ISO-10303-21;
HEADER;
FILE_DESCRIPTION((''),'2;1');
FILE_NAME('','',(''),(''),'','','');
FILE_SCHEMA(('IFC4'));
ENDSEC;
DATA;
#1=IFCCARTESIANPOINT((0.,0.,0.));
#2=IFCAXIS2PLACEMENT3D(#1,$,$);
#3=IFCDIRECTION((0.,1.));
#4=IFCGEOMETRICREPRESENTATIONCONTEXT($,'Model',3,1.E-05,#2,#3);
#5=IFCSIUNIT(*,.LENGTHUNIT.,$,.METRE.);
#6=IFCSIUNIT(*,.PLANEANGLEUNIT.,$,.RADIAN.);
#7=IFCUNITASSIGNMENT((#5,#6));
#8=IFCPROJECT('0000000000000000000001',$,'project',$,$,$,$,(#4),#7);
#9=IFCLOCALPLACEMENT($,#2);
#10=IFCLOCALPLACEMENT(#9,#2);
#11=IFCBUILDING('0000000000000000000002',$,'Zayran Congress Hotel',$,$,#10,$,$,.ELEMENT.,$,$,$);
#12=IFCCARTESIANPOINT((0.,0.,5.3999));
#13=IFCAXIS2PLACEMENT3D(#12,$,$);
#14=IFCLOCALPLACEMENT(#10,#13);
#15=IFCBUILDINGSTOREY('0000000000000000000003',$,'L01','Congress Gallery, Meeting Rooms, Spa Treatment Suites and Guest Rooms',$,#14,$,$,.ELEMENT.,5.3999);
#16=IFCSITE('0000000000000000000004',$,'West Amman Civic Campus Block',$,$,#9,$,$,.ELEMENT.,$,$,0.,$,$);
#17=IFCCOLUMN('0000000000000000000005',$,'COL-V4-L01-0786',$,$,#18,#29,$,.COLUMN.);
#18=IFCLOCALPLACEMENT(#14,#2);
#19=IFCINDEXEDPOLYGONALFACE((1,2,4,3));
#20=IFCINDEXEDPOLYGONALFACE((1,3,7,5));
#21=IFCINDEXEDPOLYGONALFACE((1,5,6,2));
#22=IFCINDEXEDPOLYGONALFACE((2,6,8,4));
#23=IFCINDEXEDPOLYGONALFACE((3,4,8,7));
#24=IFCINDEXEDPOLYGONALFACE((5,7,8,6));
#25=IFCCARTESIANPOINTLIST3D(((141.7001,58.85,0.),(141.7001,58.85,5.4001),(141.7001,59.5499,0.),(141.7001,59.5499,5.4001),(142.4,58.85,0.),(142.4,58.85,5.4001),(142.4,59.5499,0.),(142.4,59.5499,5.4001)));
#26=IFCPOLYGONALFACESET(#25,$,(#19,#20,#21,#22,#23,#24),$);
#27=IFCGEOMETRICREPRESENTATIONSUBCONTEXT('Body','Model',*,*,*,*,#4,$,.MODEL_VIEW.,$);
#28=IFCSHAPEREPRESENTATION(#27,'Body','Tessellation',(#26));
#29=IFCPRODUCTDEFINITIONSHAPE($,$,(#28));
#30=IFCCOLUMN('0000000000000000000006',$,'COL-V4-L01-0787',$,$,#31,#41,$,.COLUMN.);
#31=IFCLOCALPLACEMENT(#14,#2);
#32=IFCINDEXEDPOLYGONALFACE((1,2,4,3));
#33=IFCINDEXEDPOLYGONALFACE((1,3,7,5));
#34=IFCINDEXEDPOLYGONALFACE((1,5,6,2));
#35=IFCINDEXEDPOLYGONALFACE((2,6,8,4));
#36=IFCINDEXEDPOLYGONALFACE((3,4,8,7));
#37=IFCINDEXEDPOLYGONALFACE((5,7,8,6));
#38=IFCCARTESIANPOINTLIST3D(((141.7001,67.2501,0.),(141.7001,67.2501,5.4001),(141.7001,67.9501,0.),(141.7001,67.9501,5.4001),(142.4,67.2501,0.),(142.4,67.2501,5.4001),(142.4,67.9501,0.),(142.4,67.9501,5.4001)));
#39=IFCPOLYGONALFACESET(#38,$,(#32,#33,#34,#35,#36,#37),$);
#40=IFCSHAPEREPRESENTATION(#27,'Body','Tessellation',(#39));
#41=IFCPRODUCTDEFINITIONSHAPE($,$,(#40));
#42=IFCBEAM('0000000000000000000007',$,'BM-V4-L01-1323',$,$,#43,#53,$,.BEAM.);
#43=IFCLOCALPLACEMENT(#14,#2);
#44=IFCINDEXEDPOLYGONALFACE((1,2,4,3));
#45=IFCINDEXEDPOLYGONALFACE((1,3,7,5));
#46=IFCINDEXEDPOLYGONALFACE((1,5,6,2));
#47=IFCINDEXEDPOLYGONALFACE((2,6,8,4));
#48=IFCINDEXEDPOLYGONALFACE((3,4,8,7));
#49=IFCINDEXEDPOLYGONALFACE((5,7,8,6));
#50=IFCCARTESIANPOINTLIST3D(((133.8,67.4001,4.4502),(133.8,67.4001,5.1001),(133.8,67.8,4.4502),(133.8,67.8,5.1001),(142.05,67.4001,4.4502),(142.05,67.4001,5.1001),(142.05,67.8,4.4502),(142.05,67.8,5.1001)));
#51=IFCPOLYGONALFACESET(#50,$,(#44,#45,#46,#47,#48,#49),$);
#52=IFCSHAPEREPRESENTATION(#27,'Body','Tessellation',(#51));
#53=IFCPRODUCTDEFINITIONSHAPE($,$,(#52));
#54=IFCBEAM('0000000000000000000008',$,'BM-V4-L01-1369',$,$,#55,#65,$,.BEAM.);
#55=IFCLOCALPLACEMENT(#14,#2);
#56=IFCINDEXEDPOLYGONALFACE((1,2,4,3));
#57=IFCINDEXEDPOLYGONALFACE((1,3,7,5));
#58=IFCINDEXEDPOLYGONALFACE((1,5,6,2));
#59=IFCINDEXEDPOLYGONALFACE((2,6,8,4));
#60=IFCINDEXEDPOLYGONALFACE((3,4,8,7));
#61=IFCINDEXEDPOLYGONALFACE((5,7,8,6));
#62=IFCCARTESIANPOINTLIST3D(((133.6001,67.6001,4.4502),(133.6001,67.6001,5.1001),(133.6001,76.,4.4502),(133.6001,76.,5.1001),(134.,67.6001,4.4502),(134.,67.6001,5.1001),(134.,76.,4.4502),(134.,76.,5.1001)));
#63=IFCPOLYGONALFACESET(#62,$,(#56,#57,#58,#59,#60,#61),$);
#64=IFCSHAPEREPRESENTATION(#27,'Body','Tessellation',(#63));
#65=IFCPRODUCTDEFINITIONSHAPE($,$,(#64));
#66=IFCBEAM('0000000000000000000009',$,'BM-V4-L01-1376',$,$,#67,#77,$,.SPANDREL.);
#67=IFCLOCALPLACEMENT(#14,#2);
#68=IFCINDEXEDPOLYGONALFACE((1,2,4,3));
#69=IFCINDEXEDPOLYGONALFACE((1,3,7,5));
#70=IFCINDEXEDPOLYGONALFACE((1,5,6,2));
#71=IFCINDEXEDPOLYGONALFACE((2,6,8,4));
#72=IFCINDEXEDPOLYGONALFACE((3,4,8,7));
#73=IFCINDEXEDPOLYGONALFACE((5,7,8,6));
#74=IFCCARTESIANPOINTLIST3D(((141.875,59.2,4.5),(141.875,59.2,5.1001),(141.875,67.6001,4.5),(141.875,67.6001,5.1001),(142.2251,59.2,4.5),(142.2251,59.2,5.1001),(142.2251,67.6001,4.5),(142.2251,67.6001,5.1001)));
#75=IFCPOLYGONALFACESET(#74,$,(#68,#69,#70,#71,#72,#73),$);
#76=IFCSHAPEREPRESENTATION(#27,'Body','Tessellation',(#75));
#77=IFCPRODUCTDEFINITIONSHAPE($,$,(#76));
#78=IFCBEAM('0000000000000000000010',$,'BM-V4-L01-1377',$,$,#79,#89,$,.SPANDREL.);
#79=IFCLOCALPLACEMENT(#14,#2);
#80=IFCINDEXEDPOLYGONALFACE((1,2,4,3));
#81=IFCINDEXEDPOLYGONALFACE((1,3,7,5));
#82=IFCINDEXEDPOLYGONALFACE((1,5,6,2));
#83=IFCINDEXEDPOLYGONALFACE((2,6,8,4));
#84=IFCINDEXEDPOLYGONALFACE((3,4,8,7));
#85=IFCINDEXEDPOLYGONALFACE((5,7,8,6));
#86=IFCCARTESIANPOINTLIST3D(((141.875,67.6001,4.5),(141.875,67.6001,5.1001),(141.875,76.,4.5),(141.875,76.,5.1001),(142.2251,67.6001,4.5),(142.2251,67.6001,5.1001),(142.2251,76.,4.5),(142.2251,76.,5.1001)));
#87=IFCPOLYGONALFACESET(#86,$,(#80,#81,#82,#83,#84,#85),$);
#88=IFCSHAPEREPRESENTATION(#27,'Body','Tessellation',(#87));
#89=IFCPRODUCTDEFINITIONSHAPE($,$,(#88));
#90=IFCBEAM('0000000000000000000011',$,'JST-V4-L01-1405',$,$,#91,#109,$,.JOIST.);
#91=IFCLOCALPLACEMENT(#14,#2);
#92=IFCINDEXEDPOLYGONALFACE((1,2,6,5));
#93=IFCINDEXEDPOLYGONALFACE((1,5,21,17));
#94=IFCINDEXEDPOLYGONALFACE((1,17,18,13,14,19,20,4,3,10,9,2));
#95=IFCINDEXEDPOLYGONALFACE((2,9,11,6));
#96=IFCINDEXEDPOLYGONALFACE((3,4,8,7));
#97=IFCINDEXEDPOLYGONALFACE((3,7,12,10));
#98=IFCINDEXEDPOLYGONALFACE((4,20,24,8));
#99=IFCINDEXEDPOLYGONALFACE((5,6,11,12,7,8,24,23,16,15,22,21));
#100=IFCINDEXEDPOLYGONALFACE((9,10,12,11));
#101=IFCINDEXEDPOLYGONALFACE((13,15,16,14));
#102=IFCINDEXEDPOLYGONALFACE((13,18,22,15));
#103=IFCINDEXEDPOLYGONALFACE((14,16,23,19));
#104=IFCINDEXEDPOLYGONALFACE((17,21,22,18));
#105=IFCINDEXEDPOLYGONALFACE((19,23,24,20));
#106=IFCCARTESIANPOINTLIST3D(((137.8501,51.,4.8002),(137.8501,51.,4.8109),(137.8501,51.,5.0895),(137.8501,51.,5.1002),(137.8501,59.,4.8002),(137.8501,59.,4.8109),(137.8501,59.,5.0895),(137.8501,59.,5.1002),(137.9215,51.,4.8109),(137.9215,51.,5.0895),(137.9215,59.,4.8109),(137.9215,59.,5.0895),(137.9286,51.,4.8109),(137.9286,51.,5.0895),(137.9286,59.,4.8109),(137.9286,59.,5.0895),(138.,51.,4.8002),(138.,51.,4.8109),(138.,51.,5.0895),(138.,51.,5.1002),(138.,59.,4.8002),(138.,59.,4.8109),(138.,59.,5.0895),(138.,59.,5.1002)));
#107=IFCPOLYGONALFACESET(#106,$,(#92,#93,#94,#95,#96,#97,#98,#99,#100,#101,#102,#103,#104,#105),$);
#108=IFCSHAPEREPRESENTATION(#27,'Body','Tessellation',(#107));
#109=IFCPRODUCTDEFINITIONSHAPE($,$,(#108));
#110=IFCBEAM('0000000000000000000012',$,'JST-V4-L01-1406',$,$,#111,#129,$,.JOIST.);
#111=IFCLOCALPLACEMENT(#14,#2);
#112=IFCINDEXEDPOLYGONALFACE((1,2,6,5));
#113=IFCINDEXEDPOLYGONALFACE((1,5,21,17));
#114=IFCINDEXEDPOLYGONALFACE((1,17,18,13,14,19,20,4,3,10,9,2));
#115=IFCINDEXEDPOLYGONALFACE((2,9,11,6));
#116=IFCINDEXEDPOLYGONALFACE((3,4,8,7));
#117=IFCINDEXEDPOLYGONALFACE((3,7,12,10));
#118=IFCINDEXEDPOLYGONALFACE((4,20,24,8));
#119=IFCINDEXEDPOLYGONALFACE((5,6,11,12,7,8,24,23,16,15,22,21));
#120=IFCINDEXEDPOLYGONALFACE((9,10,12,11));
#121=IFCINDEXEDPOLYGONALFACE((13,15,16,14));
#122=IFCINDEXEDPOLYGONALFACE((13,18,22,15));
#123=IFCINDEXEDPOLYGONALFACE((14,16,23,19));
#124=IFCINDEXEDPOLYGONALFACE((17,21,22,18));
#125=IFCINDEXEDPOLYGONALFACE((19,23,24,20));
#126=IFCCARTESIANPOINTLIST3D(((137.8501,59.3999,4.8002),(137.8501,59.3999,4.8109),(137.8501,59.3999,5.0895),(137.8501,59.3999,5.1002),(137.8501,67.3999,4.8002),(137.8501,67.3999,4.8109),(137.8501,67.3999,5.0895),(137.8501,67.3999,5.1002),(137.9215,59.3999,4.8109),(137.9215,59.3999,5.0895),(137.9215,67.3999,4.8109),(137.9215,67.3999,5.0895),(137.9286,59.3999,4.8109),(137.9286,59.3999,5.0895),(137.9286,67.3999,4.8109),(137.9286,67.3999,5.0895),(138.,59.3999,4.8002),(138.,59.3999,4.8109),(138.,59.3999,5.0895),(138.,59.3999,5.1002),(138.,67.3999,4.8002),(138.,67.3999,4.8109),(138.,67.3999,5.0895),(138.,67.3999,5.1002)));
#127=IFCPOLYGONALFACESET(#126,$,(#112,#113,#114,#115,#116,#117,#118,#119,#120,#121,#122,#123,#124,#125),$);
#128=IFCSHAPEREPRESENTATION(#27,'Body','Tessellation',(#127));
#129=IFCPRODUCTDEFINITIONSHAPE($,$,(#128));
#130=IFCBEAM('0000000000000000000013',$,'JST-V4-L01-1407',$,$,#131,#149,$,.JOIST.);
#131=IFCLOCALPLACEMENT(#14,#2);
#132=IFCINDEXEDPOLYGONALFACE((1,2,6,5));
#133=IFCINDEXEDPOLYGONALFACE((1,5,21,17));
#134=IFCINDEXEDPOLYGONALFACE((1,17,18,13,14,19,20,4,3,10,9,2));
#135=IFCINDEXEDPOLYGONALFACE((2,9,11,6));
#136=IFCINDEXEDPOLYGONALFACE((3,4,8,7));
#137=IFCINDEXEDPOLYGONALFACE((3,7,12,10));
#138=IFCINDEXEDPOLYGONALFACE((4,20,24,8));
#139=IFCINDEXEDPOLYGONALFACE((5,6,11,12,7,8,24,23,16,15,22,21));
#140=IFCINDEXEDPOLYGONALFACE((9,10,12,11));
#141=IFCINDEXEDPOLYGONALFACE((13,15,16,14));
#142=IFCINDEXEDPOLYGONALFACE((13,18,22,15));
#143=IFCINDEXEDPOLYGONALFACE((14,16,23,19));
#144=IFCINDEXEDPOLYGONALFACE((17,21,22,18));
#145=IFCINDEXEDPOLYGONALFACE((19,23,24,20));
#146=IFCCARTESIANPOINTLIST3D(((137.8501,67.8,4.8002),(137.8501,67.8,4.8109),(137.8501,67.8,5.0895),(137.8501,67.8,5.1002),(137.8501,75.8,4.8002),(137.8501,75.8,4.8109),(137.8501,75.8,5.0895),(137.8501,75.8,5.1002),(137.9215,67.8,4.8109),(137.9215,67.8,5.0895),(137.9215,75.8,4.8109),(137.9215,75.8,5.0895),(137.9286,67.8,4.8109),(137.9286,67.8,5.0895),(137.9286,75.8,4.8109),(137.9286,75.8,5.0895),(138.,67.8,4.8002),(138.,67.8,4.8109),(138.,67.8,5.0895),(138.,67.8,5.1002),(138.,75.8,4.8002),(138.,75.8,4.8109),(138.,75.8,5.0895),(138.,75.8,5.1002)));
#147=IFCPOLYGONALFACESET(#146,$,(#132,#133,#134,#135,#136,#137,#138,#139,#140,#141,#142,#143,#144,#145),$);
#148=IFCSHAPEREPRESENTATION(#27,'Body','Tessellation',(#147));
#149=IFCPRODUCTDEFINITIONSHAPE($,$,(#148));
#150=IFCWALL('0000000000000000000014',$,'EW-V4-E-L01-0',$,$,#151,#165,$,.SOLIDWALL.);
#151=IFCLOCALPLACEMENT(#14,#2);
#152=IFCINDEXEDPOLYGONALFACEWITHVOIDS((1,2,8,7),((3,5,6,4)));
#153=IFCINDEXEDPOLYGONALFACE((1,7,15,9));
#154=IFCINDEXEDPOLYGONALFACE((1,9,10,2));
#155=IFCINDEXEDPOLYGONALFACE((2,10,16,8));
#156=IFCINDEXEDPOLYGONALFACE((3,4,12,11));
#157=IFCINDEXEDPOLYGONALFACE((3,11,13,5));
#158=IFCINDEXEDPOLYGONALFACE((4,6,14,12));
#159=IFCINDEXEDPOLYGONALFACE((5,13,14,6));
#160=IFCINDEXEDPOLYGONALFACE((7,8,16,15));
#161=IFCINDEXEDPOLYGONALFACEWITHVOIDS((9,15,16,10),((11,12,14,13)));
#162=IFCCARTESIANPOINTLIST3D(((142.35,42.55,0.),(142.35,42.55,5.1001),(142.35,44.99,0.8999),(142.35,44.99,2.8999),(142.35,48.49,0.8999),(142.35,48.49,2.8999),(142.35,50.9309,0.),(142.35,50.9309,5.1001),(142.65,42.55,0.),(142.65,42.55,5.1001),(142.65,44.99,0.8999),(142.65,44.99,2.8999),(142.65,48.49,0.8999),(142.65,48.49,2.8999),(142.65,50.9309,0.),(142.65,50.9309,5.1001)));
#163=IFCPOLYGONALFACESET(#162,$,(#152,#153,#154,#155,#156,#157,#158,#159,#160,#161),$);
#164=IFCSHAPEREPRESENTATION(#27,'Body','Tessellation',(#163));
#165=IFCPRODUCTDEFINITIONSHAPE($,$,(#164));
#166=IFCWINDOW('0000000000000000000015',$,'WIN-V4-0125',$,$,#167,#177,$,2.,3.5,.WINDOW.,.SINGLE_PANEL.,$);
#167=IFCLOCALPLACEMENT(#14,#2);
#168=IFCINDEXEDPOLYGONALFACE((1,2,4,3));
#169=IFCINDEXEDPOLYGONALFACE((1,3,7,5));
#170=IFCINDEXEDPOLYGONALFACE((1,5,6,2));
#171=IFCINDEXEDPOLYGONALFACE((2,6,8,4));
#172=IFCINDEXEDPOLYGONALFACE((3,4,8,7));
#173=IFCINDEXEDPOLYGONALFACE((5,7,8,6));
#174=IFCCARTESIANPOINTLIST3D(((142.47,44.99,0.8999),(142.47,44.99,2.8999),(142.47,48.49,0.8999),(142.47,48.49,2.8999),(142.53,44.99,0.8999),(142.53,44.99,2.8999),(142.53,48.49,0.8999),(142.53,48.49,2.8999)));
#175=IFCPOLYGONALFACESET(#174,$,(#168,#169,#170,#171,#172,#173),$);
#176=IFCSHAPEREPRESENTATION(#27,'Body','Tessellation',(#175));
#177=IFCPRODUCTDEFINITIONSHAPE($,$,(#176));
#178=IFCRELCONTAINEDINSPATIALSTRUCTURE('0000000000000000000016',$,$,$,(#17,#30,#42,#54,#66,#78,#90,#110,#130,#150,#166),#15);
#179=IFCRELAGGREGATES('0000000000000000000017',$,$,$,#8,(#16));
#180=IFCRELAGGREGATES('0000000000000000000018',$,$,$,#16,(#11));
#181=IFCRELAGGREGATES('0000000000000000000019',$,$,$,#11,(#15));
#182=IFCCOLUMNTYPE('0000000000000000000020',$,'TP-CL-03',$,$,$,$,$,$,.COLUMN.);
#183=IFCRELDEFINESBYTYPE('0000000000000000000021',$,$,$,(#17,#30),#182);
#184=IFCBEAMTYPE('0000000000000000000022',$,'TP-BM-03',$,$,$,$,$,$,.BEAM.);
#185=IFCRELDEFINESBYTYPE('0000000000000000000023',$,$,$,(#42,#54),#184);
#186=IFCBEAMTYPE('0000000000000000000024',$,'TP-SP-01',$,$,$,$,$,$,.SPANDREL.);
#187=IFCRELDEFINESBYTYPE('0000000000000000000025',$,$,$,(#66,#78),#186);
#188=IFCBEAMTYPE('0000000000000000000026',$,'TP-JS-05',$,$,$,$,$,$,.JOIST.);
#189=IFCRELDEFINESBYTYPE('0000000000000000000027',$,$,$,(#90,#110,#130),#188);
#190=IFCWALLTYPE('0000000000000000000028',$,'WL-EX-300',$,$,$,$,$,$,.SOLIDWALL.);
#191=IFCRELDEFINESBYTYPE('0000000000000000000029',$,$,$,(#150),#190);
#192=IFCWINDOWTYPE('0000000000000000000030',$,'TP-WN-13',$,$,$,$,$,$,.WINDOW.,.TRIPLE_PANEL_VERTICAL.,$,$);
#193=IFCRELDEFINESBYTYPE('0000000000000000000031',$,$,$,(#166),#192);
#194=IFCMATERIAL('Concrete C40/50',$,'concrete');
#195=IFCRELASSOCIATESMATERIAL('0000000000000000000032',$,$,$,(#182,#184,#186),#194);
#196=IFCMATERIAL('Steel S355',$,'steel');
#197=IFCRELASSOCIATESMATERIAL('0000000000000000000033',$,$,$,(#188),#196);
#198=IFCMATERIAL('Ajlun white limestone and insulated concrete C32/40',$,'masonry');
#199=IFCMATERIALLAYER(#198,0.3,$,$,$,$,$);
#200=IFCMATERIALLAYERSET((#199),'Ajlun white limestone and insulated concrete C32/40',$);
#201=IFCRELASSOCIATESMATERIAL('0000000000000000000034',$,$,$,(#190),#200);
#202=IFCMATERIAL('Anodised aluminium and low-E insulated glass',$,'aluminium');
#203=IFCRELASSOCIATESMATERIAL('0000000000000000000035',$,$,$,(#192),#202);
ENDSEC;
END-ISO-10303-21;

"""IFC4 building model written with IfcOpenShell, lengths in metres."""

from ifc_helpers import new_model, si_unit, direction, frame, frame_2d, origin, origin_2d, place, context, subcontext, project, spatial, rectangle, i_section, extrude, material, layer, layer_set, material_profile, profile_set, type_object, element, fill, save


model = new_model("IFC4")

# Units and contexts
model_context = context("Model", 3, precision=1e-05, world=origin(), true_north=direction((0.0, 1.0)))
body_context = subcontext(model_context, "Body", "Model", "MODEL_VIEW")
ifc_project = project(units=[si_unit("LENGTHUNIT", "METRE"), si_unit("PLANEANGLEUNIT", "RADIAN")], contexts=[model_context])

# Site, building, storey
site_placement = place(None, origin())
site = spatial("IfcSite", under=ifc_project, at=site_placement, Name="West Amman Civic Campus Block", CompositionType="ELEMENT", RefElevation=0.0)
building_placement = place(site_placement, origin())
building = spatial("IfcBuilding", under=site, at=building_placement, Name="Zayran Congress Hotel", CompositionType="ELEMENT")
storey_placement = place(building_placement, frame((0.0, 0.0, 5.3999)))
storey = spatial("IfcBuildingStorey", under=building, at=storey_placement, Name="L01", Description="Congress Gallery, Meeting Rooms, Spa Treatment Suites and Guest Rooms", CompositionType="ELEMENT", Elevation=5.3999)

# Columns
ifc_material_1 = material(Name="Concrete C40/50", Category="concrete")
ifc_material_profile_1 = material_profile(ifc_material_1, rectangle(XDim=0.7, YDim=0.7, at=origin_2d()), Name="RC 700x700")
ifc_profile_set_1 = profile_set([ifc_material_profile_1], Name="Concrete C40/50")
column_type = type_object("IfcColumnType", Name="TP-CL-03", PredefinedType="COLUMN", material=ifc_profile_set_1)
for number, where, z_axis, x_axis, name in (
    (1, (142.05, 59.2, 0.0), (0.0, 0.0, 1.0), (1.0, 0.0, 0.0), "COL-V4-L01-0786"),
    (2, (142.05, 67.6001, 0.0), (0.0, 0.0, 1.0), (1.0, 0.0, 0.0), "COL-V4-L01-0787"),
):
    element("IfcColumn", number, at=place(storey_placement, frame(where, z_axis=z_axis, x_axis=x_axis)), inside=storey, type_object=column_type, Name=name, PredefinedType="COLUMN", context=body_context, shape_type="SweptSolid", body=[
        extrude(rectangle(XDim=0.7, YDim=0.7, at=origin_2d()), origin(), (0.0, 0.0, 1.0), 5.4001),
    ])

# Beams
ifc_material_profile_2 = material_profile(ifc_material_1, rectangle(XDim=0.3999, YDim=0.6499, at=origin_2d()), Name="RC 400x650")
ifc_profile_set_2 = profile_set([ifc_material_profile_2], Name="Concrete C40/50")
beam_type_1 = type_object("IfcBeamType", Name="TP-BM-03", PredefinedType="BEAM", material=ifc_profile_set_2)
beam_1_placement = place(storey_placement, frame((133.8, 67.6001, 4.7751), z_axis=(1.0, 0.0, 0.0), x_axis=(0.0, 1.0, 0.0)))
element("IfcBeam", 3, at=beam_1_placement, inside=storey, type_object=beam_type_1, Name="BM-V4-L01-1323", PredefinedType="BEAM", context=body_context, shape_type="SweptSolid", body=[
    extrude(rectangle(XDim=0.3999, YDim=0.6499, at=origin_2d()), origin(), (0.0, 0.0, 1.0), 8.25),
])
beam_2_placement = place(storey_placement, frame((133.8, 67.6001, 4.7751), z_axis=(0.0, 1.0, 0.0), x_axis=(-1.0, 0.0, 0.0)))
element("IfcBeam", 4, at=beam_2_placement, inside=storey, type_object=beam_type_1, Name="BM-V4-L01-1369", PredefinedType="BEAM", context=body_context, shape_type="SweptSolid", body=[
    extrude(rectangle(XDim=0.3999, YDim=0.6499, at=origin_2d()), origin(), (0.0, 0.0, 1.0), 8.3999),
])
ifc_material_profile_3 = material_profile(ifc_material_1, rectangle(XDim=0.3501, YDim=0.6001, at=origin_2d()), Name="RC 350x600")
ifc_profile_set_3 = profile_set([ifc_material_profile_3], Name="Concrete C40/50")
beam_type_2 = type_object("IfcBeamType", Name="TP-SP-01", PredefinedType="SPANDREL", material=ifc_profile_set_3)
beam_3_placement = place(storey_placement, frame((142.05, 59.2, 4.8), z_axis=(0.0, 1.0, 0.0), x_axis=(-1.0, 0.0, 0.0)))
element("IfcBeam", 5, at=beam_3_placement, inside=storey, type_object=beam_type_2, Name="BM-V4-L01-1376", PredefinedType="SPANDREL", context=body_context, shape_type="SweptSolid", body=[
    extrude(rectangle(XDim=0.3501, YDim=0.6001, at=origin_2d()), origin(), (0.0, 0.0, 1.0), 8.4001),
])
beam_4_placement = place(storey_placement, frame((142.05, 67.6001, 4.8), z_axis=(0.0, 1.0, 0.0), x_axis=(-1.0, 0.0, 0.0)))
element("IfcBeam", 6, at=beam_4_placement, inside=storey, type_object=beam_type_2, Name="BM-V4-L01-1377", PredefinedType="SPANDREL", context=body_context, shape_type="SweptSolid", body=[
    extrude(rectangle(XDim=0.3501, YDim=0.6001, at=origin_2d()), origin(), (0.0, 0.0, 1.0), 8.3999),
])
ifc_material_2 = material(Name="Steel S355", Category="steel")
ifc_material_profile_4 = material_profile(ifc_material_2, i_section(OverallWidth=0.1499, OverallDepth=0.3, WebThickness=0.0071, FlangeThickness=0.0107, at=origin_2d()), Name="IPE 300")
ifc_profile_set_4 = profile_set([ifc_material_profile_4], Name="Steel S355")
beam_type_3 = type_object("IfcBeamType", Name="TP-JS-05", PredefinedType="JOIST", material=ifc_profile_set_4)
for number, where, z_axis, x_axis, name in (
    (7, (137.925, 51.0, 4.9502), (0.0, 1.0, 0.0), (-1.0, 0.0, 0.0), "JST-V4-L01-1405"),
    (8, (137.925, 59.3999, 4.9502), (0.0, 1.0, 0.0), (-1.0, 0.0, 0.0), "JST-V4-L01-1406"),
    (9, (137.925, 67.8, 4.9502), (0.0, 1.0, 0.0), (-1.0, 0.0, 0.0), "JST-V4-L01-1407"),
):
    element("IfcBeam", number, at=place(storey_placement, frame(where, z_axis=z_axis, x_axis=x_axis)), inside=storey, type_object=beam_type_3, Name=name, PredefinedType="JOIST", context=body_context, shape_type="SweptSolid", body=[
        extrude(i_section(OverallWidth=0.1499, OverallDepth=0.3, WebThickness=0.0071, FlangeThickness=0.0107, at=origin_2d()), origin(), (0.0, 0.0, 1.0), 8.0),
    ])

# Wall, opening, window
ifc_material_3 = material(Name="Ajlun white limestone and insulated concrete C32/40", Category="masonry")
ifc_layer = layer(ifc_material_3, 0.3)
ifc_layer_set = layer_set([ifc_layer], Name="Ajlun white limestone and insulated concrete C32/40")
wall_type = type_object("IfcWallType", Name="WL-EX-300", PredefinedType="SOLIDWALL", material=ifc_layer_set)
wall_1_placement = place(storey_placement, frame((142.5, 50.9309, 0.0), z_axis=(0.0, 0.0, 1.0), x_axis=(0.0, -1.0, 0.0)))
wall_1 = element("IfcWall", 10, at=wall_1_placement, inside=storey, type_object=wall_type, Name="EW-V4-E-L01-0", PredefinedType="SOLIDWALL", context=body_context, shape_type="SweptSolid", body=[
    extrude(rectangle(XDim=8.3809, YDim=0.3, at=frame_2d((4.1904, 0.0))), origin(), (0.0, 0.0, 1.0), 5.1001),
])
opening_1_placement = place(wall_1_placement, frame((2.4409, 0.0, 0.8999)))
opening_1 = element("IfcOpeningElement", 11, at=opening_1_placement, cuts=wall_1, PredefinedType="OPENING", context=body_context, shape_type="SweptSolid", body=[
    extrude(rectangle(XDim=3.5, YDim=2.0, at=frame_2d((1.75, 1.0))), frame((0.0, 0.1599, 0.0), z_axis=(0.0, -1.0, 0.0), x_axis=(1.0, 0.0, 0.0)), (0.0, 0.0, 1.0), 0.3201),
])
ifc_material_4 = material(Name="Anodised aluminium and low-E insulated glass", Category="aluminium")
window_type_1 = type_object("IfcWindowType", Name="TP-WN-13", PartitioningType="TRIPLE_PANEL_VERTICAL", PredefinedType="WINDOW", material=ifc_material_4)
window_1_placement = place(opening_1_placement, origin())
window_1 = element("IfcWindow", 12, at=window_1_placement, inside=storey, type_object=window_type_1, Name="WIN-V4-0125", OverallHeight=2.0, OverallWidth=3.5, PartitioningType="SINGLE_PANEL", PredefinedType="WINDOW", context=body_context, shape_type="SweptSolid", body=[
    extrude(rectangle(XDim=3.5, YDim=2.0, at=frame_2d((1.75, 1.0))), frame((0.0, 0.03, 0.0), z_axis=(0.0, -1.0, 0.0), x_axis=(1.0, 0.0, 0.0)), (0.0, 0.0, 1.0), 0.0601),
])
fill(opening_1, window_1)

save(model, "model.ifc")
